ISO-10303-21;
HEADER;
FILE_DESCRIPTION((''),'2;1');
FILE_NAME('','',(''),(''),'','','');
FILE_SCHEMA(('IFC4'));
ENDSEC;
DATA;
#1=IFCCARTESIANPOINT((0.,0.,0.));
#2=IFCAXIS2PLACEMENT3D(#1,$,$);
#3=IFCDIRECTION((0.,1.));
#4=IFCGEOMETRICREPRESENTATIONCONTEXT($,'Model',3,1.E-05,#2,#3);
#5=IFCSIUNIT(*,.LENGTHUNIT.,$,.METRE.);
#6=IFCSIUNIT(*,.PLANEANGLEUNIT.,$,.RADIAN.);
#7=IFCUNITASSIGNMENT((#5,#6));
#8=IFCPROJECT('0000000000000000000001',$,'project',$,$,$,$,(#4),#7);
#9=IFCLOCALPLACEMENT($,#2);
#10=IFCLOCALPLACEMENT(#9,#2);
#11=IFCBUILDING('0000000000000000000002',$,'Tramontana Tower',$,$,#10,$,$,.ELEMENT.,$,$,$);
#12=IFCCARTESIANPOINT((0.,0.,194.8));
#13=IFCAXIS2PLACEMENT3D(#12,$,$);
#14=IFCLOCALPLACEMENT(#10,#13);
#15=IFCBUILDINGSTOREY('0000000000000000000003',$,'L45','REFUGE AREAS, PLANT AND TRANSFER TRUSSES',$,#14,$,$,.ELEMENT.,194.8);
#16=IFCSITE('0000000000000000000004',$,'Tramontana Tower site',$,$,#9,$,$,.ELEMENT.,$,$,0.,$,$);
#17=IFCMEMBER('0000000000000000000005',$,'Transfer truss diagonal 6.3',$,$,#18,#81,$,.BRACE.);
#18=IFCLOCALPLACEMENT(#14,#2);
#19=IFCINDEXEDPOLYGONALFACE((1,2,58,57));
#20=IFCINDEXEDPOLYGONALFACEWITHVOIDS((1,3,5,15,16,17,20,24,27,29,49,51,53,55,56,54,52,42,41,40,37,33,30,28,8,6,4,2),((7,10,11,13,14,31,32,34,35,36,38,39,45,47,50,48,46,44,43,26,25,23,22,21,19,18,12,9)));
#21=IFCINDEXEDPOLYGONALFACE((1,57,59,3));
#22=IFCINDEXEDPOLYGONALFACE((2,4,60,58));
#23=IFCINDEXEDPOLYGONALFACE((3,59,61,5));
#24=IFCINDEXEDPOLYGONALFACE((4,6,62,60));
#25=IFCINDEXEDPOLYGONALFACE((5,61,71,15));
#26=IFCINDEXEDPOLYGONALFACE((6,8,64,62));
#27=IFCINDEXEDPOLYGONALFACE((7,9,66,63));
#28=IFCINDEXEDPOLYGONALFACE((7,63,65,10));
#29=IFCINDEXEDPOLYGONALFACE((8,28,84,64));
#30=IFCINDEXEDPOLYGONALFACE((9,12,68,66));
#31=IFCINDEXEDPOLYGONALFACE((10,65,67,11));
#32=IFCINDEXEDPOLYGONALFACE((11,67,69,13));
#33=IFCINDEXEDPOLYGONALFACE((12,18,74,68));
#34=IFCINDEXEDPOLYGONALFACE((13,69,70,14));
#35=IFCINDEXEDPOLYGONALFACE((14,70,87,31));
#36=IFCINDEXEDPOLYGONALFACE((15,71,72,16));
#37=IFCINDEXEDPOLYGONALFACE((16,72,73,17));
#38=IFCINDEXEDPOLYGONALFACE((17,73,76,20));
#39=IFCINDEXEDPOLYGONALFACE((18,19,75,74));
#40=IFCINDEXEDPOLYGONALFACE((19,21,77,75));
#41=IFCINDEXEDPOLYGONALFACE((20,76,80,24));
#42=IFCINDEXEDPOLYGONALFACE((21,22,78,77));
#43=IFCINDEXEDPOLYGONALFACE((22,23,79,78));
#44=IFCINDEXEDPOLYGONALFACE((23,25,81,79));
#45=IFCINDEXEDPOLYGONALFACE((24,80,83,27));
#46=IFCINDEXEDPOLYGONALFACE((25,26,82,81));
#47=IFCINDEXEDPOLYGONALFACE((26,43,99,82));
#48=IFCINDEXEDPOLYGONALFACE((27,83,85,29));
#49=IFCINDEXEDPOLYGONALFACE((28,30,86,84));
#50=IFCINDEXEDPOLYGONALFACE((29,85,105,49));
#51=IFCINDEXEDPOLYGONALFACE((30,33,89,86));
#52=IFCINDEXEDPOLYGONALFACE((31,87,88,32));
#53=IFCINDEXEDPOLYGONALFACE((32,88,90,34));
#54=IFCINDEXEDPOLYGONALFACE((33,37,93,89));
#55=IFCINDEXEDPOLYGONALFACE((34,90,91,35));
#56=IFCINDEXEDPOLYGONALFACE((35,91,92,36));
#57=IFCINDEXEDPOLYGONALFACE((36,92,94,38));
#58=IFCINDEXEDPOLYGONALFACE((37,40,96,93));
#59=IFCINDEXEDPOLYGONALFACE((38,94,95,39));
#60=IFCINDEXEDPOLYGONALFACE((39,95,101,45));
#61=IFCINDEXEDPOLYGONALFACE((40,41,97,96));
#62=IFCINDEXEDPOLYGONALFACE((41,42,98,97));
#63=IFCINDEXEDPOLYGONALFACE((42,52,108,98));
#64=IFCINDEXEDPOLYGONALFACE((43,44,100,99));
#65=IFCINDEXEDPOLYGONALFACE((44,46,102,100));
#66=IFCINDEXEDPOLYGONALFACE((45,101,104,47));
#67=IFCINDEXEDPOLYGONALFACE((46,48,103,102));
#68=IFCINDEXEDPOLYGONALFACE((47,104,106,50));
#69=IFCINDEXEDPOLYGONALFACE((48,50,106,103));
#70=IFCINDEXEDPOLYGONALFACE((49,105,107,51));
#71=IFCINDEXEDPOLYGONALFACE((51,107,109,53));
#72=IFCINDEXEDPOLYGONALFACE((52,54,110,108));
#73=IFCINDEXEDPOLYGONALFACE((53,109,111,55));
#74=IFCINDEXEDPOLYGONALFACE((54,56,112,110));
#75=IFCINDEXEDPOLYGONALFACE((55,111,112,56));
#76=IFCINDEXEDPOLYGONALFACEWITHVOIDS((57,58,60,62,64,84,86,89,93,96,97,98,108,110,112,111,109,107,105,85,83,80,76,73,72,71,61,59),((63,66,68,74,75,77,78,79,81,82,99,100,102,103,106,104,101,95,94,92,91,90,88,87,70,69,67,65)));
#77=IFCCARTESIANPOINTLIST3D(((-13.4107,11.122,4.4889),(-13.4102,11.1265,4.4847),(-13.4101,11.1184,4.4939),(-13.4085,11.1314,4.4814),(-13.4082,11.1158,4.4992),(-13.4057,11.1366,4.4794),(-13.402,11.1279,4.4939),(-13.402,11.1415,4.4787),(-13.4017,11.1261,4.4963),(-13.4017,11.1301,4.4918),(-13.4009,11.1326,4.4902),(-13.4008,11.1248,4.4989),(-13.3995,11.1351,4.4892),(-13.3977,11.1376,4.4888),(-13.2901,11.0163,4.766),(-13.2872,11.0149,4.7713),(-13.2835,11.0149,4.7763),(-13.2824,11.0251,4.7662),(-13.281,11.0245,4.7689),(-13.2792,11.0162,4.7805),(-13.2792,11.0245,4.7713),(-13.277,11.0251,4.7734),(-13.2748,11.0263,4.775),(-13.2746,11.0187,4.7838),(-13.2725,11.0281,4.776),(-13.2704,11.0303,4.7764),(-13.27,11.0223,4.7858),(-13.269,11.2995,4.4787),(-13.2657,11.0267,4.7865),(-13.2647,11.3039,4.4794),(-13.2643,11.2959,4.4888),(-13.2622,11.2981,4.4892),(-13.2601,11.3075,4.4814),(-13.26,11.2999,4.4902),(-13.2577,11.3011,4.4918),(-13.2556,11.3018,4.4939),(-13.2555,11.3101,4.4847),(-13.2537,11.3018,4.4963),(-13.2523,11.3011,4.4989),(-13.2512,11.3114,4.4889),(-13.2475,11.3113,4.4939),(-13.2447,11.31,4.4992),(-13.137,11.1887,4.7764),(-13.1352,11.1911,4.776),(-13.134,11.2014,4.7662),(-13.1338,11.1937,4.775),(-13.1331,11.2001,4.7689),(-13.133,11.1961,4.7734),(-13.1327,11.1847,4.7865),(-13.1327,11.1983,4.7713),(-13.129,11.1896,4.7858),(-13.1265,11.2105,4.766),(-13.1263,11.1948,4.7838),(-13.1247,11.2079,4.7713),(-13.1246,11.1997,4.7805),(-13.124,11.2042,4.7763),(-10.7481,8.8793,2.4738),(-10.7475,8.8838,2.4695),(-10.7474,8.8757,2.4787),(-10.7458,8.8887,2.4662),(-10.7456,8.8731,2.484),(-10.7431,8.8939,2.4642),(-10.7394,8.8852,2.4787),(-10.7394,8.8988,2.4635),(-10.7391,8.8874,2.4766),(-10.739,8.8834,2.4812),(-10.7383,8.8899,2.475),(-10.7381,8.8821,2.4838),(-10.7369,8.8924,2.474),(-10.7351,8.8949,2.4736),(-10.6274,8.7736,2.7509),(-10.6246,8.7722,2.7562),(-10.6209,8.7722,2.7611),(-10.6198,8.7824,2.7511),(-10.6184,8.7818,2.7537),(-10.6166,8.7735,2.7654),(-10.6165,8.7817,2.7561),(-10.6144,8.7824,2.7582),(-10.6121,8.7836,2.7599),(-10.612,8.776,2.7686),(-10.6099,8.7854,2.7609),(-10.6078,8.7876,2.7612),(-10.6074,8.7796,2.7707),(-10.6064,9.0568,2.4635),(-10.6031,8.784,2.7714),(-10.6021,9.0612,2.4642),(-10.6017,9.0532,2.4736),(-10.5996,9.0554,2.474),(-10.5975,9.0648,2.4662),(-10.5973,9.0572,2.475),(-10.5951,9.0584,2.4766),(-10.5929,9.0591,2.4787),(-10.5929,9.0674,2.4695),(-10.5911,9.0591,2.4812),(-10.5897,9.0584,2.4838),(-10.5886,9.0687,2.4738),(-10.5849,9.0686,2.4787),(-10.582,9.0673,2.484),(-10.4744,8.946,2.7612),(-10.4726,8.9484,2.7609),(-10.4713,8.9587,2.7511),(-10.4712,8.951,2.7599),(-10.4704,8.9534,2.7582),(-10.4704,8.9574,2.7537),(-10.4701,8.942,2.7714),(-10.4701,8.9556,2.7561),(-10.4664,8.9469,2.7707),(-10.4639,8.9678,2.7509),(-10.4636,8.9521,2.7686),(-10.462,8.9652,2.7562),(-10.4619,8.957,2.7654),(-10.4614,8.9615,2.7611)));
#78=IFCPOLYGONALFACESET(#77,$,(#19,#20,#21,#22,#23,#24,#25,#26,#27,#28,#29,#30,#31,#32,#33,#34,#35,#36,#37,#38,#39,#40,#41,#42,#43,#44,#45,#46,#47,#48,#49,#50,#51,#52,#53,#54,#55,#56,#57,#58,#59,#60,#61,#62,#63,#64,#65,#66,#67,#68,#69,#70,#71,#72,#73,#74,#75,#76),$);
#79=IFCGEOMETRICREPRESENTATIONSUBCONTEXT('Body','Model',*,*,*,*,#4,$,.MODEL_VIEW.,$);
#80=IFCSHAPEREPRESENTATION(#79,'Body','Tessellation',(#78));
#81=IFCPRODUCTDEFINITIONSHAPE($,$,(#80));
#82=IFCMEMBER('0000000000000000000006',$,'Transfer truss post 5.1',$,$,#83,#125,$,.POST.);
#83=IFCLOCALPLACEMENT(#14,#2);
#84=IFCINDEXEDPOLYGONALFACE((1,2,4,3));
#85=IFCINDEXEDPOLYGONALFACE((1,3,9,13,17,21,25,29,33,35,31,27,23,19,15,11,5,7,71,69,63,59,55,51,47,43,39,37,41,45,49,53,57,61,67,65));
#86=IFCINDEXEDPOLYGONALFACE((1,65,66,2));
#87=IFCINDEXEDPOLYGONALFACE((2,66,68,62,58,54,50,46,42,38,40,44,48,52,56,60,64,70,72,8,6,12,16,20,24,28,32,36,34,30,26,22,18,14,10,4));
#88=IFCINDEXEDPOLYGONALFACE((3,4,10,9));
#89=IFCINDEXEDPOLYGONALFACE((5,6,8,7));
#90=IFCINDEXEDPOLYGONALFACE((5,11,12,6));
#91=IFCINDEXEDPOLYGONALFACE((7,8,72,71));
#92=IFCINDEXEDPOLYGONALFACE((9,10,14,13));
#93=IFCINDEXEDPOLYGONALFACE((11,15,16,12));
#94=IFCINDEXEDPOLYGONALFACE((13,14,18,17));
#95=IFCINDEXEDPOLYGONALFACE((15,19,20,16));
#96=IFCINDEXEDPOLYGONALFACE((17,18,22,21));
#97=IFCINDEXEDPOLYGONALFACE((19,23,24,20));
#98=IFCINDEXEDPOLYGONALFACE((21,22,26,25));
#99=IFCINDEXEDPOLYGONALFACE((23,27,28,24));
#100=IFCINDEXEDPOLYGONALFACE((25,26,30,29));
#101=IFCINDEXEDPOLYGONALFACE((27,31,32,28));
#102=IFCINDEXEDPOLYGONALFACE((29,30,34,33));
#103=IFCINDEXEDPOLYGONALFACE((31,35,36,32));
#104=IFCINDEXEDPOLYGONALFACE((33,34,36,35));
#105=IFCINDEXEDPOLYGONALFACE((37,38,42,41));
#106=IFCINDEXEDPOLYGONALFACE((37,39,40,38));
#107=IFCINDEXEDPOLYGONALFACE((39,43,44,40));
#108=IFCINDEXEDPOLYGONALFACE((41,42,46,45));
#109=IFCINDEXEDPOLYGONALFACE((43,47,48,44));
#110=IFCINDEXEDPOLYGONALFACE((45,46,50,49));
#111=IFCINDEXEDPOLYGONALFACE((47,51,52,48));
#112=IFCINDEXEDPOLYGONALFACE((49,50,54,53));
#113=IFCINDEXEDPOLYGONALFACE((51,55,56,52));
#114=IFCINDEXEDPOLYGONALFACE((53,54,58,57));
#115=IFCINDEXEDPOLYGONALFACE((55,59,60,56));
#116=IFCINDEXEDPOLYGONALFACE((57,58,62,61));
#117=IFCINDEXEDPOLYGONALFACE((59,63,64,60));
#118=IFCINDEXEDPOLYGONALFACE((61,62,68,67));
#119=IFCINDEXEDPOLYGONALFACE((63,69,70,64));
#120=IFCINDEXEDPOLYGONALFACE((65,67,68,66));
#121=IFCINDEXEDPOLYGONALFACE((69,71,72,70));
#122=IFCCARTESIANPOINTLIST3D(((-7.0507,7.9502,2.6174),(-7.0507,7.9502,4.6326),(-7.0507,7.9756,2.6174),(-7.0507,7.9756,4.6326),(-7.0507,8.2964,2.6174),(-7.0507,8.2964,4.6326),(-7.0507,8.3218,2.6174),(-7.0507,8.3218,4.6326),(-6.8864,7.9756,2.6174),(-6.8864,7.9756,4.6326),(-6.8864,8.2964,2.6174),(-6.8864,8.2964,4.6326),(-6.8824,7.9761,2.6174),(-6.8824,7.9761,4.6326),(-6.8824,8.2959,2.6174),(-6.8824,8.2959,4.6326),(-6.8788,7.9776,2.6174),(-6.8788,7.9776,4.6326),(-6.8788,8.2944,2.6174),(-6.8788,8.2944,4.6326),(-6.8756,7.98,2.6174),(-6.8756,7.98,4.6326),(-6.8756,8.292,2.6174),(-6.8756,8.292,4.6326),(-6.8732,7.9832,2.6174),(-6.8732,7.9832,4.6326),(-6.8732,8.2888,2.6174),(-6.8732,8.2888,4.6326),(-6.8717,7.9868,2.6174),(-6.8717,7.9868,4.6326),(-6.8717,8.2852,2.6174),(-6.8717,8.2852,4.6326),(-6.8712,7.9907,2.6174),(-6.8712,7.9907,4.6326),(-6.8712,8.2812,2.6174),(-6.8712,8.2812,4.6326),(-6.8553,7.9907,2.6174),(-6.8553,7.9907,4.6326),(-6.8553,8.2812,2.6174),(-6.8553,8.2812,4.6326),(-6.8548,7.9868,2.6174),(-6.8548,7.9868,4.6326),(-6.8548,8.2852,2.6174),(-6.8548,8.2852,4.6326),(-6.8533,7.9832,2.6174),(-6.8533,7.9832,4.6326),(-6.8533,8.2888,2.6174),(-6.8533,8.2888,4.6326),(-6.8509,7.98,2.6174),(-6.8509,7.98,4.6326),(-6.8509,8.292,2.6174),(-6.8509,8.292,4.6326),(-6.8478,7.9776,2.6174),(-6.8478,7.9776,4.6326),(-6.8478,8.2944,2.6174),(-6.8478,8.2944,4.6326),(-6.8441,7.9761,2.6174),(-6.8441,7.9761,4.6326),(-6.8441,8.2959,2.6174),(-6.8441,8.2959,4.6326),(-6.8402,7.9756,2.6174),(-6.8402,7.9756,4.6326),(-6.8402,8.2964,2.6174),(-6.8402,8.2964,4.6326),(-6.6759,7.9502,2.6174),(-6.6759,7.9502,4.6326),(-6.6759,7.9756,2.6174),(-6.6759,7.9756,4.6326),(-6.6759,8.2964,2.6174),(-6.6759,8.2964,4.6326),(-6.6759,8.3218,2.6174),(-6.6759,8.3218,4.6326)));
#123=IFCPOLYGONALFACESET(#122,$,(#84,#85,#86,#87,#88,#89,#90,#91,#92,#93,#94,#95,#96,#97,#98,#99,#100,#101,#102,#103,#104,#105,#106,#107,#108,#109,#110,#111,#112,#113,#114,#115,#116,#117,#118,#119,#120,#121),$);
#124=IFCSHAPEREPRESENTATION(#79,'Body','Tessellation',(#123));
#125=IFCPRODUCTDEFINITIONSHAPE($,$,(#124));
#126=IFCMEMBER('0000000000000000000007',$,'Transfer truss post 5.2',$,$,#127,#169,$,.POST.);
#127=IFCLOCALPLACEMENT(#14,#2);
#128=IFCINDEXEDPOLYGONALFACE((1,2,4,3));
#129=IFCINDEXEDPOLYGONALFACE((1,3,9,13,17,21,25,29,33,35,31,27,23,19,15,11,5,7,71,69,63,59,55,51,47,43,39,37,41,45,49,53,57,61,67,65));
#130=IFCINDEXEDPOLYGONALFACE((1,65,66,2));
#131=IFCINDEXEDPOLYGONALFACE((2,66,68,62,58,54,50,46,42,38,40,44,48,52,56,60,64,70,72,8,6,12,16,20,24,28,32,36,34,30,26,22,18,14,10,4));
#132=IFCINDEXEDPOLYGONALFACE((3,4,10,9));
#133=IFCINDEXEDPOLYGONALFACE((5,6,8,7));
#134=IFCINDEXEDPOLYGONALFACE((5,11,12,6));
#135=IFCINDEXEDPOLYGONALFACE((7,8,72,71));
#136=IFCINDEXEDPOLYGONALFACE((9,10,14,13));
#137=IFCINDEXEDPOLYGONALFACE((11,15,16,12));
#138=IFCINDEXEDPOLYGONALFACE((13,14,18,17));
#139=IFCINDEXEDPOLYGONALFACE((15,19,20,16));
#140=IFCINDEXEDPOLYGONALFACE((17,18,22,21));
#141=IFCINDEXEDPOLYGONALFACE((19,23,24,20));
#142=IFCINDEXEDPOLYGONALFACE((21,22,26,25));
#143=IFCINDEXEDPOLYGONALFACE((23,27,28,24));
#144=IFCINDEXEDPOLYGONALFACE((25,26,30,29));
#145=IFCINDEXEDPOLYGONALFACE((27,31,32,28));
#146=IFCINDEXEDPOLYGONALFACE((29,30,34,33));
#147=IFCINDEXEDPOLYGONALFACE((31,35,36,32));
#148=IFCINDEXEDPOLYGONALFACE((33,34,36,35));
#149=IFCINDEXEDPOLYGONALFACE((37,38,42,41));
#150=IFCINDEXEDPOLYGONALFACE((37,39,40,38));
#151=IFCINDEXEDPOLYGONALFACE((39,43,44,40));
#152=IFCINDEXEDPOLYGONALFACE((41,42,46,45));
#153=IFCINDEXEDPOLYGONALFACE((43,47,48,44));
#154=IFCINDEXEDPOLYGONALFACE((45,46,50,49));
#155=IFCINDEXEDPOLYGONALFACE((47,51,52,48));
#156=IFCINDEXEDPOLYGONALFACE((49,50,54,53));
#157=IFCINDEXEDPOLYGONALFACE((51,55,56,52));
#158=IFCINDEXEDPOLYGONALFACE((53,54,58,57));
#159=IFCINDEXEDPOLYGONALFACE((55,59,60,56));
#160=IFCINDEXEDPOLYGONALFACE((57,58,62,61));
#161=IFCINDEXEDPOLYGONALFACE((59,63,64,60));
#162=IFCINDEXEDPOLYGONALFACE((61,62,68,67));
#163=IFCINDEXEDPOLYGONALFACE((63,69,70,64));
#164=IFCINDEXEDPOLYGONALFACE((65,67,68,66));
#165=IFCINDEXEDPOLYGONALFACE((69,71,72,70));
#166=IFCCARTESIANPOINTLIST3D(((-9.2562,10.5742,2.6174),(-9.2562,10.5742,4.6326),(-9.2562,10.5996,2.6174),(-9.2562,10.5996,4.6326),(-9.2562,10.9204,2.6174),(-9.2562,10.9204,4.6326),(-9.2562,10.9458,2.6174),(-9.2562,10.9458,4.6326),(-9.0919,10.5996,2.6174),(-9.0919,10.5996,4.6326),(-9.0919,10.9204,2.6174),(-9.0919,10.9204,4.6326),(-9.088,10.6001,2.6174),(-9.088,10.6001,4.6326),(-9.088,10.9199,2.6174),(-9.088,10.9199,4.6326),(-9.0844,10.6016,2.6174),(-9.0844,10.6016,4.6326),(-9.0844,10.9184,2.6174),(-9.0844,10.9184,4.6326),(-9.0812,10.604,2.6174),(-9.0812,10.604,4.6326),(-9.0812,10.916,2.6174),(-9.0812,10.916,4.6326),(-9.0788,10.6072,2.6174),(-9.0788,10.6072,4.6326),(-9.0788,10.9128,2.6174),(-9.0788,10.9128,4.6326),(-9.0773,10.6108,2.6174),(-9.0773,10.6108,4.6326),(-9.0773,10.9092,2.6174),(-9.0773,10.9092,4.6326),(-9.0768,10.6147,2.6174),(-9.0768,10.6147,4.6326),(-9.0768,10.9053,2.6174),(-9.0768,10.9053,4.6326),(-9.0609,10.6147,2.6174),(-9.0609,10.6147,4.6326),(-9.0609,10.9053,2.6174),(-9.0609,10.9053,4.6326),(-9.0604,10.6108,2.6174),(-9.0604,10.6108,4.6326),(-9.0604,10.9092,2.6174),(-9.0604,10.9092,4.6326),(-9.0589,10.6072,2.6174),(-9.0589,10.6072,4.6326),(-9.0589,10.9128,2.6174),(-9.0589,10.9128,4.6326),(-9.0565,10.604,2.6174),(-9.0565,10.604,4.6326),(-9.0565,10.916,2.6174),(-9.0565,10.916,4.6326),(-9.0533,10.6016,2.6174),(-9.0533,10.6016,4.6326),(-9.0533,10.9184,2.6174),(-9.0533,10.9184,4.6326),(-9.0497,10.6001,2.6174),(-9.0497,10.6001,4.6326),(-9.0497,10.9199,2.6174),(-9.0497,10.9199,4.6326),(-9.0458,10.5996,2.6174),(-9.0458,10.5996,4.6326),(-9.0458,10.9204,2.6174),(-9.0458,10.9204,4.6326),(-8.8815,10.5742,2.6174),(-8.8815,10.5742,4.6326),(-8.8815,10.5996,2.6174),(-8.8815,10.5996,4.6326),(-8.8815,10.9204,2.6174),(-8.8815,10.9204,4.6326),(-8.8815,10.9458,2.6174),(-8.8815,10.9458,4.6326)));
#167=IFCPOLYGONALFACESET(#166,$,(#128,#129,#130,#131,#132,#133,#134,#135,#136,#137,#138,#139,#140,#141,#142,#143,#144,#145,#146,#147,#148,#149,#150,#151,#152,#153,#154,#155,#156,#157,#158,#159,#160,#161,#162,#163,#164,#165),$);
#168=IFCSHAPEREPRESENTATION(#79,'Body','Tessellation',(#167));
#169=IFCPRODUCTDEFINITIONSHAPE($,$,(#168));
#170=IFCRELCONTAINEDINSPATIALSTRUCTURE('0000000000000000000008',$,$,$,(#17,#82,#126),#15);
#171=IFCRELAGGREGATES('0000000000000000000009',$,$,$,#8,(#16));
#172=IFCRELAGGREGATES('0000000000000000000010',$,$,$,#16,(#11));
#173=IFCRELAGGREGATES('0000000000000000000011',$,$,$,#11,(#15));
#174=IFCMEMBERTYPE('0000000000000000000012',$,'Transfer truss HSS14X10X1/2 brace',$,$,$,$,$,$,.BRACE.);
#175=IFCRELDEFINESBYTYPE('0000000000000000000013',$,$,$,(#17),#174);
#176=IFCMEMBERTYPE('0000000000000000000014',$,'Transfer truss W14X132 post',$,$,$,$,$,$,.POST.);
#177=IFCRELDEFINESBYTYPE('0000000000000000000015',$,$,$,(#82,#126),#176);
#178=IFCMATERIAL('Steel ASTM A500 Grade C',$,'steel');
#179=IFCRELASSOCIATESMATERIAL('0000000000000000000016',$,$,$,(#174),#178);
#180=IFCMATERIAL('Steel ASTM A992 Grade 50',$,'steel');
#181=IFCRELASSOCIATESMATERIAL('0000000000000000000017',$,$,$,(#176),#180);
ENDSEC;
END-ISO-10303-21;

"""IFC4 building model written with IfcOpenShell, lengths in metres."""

from ifc_helpers import new_model, si_unit, direction, frame, origin, origin_2d, place, context, subcontext, project, spatial, hollow_rectangle, i_section, extrude, material, material_profile, profile_set, type_object, element, save


model = new_model("IFC4")

# Units and contexts
model_context = context("Model", 3, precision=1e-05, world=origin(), true_north=direction((0.0, 1.0)))
body_context = subcontext(model_context, "Body", "Model", "MODEL_VIEW")
ifc_project = project(units=[si_unit("LENGTHUNIT", "METRE"), si_unit("PLANEANGLEUNIT", "RADIAN")], contexts=[model_context])

# Site, building, storey
site_placement = place(None, origin())
site = spatial("IfcSite", under=ifc_project, at=site_placement, Name="Tramontana Tower site", CompositionType="ELEMENT", RefElevation=0.0)
building_placement = place(site_placement, origin())
building = spatial("IfcBuilding", under=site, at=building_placement, Name="Tramontana Tower", CompositionType="ELEMENT")
storey_placement = place(building_placement, frame((0.0, 0.0, 194.8)))
storey = spatial("IfcBuildingStorey", under=building, at=storey_placement, Name="L45", Description="REFUGE AREAS, PLANT AND TRANSFER TRUSSES", CompositionType="ELEMENT", Elevation=194.8)

# Members
ifc_material_1 = material(Name="Steel ASTM A500 Grade C", Category="steel")
ifc_material_profile_1 = material_profile(ifc_material_1, hollow_rectangle(XDim=0.2539, YDim=0.3557, WallThickness=0.0117, InnerFilletRadius=0.0117, OuterFilletRadius=0.0237, at=origin_2d()), Name="HSS14X10X1/2")
ifc_profile_set_1 = profile_set([ifc_material_profile_1], Name="Steel ASTM A500 Grade C")
member_type_1 = type_object("IfcMemberType", Name="Transfer truss HSS14X10X1/2 brace", PredefinedType="BRACE", material=ifc_profile_set_1)
member_1_placement = place(storey_placement, frame((-10.6047, 8.9204, 2.6174), z_axis=(-0.661941, 0.557545, 0.500977), x_axis=(-0.644218, -0.764842, 0.0)))
element("IfcMember", 1, at=member_1_placement, inside=storey, type_object=member_type_1, Name="Transfer truss diagonal 6.3", PredefinedType="BRACE", context=body_context, shape_type="SweptSolid", body=[
    extrude(hollow_rectangle(XDim=0.2539, YDim=0.3557, WallThickness=0.0117, InnerFilletRadius=0.0117, OuterFilletRadius=0.0237, at=origin_2d()), origin(), (0.0, 0.0, 1.0), 4.0225),
])
ifc_material_2 = material(Name="Steel ASTM A992 Grade 50", Category="steel")
ifc_material_profile_2 = material_profile(ifc_material_2, i_section(OverallWidth=0.3748, OverallDepth=0.3716, WebThickness=0.0159, FlangeThickness=0.0254, FilletRadius=0.0151, at=origin_2d()), Name="W14X132")
ifc_profile_set_2 = profile_set([ifc_material_profile_2], Name="Steel ASTM A992 Grade 50")
member_type_2 = type_object("IfcMemberType", Name="Transfer truss W14X132 post", PredefinedType="POST", material=ifc_profile_set_2)
for number, where, z_axis, x_axis, name in (
    (2, (-6.8633, 8.136, 2.6174), (0.0, 0.0, 1.0), (1.0, 0.0, 0.0), "Transfer truss post 5.1"),
    (3, (-9.0688, 10.76, 2.6174), (0.0, 0.0, 1.0), (1.0, 0.0, 0.0), "Transfer truss post 5.2"),
):
    element("IfcMember", number, at=place(storey_placement, frame(where, z_axis=z_axis, x_axis=x_axis)), inside=storey, type_object=member_type_2, Name=name, PredefinedType="POST", context=body_context, shape_type="SweptSolid", body=[
        extrude(i_section(OverallWidth=0.3748, OverallDepth=0.3716, WebThickness=0.0159, FlangeThickness=0.0254, FilletRadius=0.0151, at=origin_2d()), origin(), (0.0, 0.0, 1.0), 2.0151),
    ])

save(model, "model.ifc")
